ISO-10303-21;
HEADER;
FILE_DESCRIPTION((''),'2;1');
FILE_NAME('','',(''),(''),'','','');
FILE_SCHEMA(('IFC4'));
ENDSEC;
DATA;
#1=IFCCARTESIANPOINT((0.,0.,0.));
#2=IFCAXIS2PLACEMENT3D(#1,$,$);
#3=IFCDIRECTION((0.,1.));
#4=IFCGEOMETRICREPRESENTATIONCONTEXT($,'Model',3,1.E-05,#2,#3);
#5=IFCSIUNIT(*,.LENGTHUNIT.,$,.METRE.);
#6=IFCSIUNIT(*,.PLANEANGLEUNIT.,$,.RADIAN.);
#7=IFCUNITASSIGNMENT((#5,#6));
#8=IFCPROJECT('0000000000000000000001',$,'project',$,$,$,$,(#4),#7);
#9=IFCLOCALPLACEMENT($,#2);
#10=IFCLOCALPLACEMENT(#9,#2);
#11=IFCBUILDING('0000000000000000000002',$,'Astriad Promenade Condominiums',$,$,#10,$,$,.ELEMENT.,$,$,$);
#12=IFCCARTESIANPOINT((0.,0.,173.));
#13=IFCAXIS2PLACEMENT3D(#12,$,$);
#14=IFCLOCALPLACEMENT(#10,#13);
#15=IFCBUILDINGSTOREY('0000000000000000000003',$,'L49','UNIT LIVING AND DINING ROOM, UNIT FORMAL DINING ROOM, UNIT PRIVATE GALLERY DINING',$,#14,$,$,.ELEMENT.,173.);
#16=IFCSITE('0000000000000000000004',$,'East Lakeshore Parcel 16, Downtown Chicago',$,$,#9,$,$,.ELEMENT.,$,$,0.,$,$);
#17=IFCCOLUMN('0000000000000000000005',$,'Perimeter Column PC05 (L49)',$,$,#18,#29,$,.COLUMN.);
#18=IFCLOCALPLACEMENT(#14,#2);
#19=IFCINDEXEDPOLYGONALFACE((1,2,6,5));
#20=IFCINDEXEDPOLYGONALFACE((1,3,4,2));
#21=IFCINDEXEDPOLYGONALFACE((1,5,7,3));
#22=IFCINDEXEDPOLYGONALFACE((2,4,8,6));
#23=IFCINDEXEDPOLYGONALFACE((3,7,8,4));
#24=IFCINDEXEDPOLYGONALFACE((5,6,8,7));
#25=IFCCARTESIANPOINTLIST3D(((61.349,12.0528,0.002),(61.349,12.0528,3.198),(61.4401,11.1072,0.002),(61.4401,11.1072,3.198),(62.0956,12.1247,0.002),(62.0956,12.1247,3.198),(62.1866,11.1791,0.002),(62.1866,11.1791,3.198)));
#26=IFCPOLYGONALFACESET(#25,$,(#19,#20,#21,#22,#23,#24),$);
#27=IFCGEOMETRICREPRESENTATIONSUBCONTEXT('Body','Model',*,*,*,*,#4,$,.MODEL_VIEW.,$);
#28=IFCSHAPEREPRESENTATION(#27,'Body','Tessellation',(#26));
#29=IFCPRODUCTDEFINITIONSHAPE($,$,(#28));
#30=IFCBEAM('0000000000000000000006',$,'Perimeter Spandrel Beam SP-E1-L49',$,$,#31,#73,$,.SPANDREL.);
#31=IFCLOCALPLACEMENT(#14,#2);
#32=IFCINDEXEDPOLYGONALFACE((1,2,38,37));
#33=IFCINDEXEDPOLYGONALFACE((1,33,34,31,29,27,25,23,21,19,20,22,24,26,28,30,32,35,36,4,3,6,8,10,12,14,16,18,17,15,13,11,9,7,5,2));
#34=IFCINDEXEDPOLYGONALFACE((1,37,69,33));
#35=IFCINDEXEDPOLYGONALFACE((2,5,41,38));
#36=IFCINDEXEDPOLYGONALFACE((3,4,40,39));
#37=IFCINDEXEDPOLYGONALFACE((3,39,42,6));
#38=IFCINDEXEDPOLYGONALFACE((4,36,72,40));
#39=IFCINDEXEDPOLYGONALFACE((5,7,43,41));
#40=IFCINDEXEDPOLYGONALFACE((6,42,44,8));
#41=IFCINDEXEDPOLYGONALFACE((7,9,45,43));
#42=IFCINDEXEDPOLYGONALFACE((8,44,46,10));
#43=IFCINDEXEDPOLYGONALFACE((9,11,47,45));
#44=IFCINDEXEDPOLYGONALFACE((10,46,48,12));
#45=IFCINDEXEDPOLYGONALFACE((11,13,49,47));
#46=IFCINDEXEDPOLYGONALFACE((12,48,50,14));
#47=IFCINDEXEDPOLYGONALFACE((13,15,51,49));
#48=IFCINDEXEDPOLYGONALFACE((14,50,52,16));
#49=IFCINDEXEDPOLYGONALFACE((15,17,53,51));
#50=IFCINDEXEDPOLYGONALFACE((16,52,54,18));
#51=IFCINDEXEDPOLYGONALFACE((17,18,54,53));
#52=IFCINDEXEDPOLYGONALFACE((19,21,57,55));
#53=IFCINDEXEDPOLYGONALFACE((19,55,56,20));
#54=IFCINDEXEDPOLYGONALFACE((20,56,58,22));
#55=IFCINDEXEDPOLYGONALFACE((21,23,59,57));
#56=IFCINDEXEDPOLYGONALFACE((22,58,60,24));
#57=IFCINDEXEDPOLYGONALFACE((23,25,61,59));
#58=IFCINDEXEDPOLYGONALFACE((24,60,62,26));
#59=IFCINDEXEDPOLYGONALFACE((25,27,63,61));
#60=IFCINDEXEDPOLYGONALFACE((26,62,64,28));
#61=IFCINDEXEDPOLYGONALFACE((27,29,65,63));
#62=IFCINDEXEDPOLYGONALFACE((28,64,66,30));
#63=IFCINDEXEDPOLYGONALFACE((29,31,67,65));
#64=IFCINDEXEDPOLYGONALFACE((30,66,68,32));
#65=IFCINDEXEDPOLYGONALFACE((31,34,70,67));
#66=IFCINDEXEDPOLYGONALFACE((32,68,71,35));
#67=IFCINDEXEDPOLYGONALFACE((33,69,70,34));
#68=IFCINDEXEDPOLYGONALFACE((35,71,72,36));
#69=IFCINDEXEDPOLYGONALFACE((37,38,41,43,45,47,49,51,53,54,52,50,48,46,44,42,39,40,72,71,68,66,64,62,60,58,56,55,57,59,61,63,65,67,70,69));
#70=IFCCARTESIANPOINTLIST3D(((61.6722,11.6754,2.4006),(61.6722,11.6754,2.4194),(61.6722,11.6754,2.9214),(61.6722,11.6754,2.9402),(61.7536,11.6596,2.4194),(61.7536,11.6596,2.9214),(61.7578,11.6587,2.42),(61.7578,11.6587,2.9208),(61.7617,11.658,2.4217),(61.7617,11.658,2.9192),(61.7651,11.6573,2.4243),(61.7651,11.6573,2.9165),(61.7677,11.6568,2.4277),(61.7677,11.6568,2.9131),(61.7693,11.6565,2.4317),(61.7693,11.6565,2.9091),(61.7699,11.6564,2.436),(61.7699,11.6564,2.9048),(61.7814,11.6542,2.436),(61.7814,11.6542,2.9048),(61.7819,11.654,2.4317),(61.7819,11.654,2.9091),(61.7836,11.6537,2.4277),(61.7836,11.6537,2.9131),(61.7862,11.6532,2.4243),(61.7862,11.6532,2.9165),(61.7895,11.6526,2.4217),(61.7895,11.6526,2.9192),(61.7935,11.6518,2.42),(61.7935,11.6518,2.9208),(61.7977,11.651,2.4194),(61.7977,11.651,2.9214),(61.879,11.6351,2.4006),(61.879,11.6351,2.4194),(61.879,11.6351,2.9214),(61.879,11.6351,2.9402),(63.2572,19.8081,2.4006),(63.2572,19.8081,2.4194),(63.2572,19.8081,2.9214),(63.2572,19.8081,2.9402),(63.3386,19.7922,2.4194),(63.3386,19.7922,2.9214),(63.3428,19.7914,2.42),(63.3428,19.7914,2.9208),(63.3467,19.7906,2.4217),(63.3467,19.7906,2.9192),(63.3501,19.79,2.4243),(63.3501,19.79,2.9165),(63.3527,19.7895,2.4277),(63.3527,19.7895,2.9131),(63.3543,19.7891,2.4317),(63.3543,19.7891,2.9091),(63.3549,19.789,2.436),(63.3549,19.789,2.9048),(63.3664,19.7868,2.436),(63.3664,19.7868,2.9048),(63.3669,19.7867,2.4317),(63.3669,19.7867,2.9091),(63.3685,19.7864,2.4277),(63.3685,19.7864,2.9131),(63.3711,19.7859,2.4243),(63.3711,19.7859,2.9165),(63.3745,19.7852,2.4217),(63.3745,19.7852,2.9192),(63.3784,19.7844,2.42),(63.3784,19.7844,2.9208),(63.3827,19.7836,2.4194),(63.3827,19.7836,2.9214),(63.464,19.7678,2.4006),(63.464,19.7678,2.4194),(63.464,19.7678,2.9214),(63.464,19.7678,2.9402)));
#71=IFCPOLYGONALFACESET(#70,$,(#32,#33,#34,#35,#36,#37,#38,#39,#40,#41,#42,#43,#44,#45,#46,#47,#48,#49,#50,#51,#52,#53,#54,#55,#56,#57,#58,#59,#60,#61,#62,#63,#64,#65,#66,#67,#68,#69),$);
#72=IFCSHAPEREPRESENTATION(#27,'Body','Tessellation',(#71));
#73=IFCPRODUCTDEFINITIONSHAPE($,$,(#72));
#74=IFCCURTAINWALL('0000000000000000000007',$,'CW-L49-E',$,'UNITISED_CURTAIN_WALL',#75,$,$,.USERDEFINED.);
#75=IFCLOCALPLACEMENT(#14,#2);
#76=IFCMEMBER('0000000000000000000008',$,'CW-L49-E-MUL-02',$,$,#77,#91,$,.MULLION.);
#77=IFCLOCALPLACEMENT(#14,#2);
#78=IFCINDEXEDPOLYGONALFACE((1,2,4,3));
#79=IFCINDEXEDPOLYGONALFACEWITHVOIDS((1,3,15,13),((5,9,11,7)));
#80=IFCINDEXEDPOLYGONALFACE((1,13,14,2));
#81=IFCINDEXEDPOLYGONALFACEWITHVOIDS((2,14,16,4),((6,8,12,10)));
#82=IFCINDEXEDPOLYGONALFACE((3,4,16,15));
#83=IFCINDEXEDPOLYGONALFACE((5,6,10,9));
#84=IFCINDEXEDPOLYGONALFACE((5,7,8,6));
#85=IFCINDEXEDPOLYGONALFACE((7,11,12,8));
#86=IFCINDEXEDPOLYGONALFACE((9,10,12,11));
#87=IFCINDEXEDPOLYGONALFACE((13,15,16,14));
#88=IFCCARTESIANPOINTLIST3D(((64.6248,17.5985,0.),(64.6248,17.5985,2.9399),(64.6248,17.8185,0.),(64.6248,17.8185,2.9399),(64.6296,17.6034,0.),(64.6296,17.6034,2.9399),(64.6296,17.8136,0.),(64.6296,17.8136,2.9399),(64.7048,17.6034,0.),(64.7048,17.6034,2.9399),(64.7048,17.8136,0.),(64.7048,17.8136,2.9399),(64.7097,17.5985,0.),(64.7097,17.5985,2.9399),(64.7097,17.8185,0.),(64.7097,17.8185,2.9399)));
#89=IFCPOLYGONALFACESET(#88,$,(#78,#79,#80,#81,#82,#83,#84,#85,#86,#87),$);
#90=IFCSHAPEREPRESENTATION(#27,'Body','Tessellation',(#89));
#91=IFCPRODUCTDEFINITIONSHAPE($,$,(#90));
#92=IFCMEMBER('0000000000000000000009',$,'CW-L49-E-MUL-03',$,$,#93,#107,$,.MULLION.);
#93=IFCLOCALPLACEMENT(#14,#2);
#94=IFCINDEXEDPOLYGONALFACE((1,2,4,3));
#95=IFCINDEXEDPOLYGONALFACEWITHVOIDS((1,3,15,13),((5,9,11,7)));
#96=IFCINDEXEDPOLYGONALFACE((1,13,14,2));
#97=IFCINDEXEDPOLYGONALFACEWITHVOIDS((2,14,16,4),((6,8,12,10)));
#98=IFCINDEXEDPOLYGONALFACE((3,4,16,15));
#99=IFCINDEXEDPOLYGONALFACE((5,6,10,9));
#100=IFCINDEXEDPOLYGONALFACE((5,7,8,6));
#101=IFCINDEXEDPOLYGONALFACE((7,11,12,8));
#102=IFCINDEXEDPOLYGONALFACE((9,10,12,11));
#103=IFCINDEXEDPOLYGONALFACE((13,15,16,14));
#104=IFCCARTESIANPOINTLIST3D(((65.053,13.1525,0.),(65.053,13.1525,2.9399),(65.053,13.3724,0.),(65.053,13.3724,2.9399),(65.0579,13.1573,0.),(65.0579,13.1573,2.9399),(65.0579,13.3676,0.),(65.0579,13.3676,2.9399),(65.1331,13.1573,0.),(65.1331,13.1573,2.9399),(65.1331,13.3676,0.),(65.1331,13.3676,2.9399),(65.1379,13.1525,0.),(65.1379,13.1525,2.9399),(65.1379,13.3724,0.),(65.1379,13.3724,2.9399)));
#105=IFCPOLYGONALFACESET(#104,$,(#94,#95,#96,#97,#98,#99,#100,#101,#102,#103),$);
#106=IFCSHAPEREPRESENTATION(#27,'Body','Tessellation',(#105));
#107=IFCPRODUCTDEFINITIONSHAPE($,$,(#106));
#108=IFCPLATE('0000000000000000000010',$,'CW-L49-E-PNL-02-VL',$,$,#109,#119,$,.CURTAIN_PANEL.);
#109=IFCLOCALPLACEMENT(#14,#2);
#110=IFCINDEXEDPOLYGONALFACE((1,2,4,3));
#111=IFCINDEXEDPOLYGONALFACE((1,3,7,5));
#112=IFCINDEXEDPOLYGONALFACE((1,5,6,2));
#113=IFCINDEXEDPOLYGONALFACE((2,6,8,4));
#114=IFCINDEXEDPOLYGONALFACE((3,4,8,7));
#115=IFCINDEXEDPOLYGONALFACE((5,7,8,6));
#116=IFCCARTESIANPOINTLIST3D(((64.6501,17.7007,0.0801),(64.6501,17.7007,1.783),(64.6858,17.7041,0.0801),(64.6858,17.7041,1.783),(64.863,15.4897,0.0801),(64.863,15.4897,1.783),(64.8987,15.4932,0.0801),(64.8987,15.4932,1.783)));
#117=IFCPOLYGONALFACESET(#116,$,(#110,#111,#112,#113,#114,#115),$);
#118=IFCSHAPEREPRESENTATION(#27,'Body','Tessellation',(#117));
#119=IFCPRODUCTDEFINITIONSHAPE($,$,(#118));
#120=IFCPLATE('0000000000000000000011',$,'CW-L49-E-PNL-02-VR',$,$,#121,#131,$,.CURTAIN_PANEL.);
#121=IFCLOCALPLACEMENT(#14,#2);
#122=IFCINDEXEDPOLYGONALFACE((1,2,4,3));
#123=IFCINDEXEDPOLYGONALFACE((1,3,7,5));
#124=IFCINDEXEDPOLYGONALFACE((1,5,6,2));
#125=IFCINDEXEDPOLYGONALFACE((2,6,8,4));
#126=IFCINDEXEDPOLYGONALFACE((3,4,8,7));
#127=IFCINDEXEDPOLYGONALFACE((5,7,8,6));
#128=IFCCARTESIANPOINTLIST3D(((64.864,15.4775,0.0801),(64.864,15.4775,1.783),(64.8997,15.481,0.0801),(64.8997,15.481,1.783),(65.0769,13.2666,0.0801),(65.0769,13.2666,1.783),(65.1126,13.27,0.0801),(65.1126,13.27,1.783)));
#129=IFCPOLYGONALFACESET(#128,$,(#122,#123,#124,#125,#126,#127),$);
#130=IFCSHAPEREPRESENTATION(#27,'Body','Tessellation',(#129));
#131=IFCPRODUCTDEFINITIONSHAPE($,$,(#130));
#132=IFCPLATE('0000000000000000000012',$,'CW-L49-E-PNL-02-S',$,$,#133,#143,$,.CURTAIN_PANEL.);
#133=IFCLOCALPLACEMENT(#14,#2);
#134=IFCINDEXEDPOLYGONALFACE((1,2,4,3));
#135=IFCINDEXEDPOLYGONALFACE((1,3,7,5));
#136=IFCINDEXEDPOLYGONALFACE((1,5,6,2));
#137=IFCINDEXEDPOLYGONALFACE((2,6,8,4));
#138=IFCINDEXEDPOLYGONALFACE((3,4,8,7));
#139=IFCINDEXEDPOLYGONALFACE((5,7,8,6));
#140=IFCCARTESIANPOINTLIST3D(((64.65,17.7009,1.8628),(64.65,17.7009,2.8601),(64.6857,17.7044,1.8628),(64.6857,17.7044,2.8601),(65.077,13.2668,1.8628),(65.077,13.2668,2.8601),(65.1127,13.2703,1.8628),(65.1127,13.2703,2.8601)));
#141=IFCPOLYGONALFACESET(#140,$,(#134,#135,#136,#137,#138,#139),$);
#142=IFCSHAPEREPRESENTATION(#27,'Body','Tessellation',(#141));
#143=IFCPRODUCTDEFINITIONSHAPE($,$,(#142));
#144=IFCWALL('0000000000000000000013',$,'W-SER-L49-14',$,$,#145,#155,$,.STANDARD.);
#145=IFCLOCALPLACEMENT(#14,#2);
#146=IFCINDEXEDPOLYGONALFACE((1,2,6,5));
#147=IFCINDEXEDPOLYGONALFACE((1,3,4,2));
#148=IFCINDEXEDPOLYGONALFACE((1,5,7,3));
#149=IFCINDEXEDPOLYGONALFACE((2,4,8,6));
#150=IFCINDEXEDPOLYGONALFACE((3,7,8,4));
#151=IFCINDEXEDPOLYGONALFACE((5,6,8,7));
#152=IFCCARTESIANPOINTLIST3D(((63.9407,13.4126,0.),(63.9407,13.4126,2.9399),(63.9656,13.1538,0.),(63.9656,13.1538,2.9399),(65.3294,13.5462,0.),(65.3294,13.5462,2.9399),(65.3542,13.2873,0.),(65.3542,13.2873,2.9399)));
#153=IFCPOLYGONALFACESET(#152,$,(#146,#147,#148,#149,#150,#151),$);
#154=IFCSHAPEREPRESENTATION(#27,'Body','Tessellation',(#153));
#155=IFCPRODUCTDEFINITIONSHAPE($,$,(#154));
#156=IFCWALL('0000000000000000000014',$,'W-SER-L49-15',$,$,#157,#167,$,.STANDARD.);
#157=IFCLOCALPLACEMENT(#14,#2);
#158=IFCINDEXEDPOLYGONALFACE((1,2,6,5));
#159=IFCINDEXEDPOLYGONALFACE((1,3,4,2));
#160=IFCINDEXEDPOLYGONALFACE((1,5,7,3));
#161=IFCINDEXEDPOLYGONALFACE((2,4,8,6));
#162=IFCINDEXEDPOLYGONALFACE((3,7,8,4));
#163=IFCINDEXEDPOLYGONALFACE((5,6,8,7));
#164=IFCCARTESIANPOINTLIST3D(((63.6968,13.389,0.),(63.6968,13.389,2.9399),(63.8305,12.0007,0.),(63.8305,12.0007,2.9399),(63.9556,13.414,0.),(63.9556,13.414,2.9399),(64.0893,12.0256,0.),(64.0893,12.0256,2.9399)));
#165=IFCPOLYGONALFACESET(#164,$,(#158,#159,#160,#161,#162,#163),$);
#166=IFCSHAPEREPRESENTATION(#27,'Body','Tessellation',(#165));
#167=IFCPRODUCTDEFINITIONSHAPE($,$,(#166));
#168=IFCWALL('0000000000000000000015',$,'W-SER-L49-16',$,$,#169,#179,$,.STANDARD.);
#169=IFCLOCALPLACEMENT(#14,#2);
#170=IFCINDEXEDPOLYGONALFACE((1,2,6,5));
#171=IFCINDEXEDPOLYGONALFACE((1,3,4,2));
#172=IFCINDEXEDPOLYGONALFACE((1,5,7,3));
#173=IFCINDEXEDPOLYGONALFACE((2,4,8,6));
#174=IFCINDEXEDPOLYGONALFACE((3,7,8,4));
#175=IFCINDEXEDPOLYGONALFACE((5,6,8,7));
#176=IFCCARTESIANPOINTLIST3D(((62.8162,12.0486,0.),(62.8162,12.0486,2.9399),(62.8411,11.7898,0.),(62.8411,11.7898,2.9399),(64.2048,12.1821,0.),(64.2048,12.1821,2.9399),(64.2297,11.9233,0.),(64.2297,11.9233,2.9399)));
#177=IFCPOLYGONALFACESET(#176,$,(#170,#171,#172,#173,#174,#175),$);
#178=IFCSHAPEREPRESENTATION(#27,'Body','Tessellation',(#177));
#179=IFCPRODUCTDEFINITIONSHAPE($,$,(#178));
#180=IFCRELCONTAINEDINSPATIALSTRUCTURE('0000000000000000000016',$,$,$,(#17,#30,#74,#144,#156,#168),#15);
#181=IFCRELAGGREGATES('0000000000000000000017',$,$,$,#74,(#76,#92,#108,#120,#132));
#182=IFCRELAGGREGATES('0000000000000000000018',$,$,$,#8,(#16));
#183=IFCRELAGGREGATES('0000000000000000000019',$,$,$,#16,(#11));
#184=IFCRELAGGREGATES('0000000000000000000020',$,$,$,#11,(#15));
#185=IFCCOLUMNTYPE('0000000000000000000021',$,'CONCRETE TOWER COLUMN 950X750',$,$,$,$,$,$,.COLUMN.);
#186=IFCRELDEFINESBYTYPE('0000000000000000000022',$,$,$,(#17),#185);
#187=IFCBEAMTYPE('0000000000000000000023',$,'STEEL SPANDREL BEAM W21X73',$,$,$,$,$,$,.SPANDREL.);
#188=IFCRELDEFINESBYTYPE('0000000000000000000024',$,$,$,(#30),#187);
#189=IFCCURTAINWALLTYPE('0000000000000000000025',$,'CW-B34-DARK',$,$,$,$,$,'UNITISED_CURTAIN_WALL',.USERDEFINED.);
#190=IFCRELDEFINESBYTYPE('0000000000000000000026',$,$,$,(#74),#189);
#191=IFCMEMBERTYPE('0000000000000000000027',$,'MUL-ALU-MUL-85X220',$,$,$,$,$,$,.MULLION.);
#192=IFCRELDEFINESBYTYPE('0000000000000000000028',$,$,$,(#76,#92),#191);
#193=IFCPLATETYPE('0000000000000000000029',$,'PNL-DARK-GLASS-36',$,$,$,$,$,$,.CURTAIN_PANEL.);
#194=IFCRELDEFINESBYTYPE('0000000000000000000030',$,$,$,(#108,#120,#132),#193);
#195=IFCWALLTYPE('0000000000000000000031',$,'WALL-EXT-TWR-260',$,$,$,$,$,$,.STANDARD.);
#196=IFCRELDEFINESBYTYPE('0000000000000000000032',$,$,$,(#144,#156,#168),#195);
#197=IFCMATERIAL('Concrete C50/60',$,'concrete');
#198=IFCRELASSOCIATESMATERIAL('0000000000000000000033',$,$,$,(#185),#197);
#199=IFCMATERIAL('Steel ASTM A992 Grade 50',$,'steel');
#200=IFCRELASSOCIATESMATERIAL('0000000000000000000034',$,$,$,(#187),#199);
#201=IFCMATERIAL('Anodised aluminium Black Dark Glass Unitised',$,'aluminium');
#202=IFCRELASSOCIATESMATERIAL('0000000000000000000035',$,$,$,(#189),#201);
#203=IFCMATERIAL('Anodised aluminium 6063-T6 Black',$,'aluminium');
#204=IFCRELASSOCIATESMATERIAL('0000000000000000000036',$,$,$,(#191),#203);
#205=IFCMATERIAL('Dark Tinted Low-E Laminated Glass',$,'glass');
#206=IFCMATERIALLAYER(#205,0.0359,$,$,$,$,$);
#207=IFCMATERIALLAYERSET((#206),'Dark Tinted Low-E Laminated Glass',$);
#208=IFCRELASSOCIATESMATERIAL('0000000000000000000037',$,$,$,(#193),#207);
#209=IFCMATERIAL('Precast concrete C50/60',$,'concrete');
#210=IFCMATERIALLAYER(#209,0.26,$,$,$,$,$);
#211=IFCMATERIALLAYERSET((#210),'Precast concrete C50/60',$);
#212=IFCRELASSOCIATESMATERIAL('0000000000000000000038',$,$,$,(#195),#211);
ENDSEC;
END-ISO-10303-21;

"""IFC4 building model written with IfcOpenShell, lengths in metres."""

from ifc_helpers import new_model, si_unit, direction, frame, frame_2d, origin, origin_2d, place, context, subcontext, project, spatial, rectangle, hollow_rectangle, i_section, extrude, source, transform, mapped, material, layer, layer_set, material_profile, profile_set, type_object, type_shapes, element, aggregate, save


model = new_model("IFC4")

# Units and contexts
model_context = context("Model", 3, precision=1e-05, world=origin(), true_north=direction((0.0, 1.0)))
body_context = subcontext(model_context, "Body", "Model", "MODEL_VIEW")
ifc_project = project(units=[si_unit("LENGTHUNIT", "METRE"), si_unit("PLANEANGLEUNIT", "RADIAN")], contexts=[model_context])

# Site, building, storey
site_placement = place(None, origin())
site = spatial("IfcSite", under=ifc_project, at=site_placement, Name="East Lakeshore Parcel 16, Downtown Chicago", CompositionType="ELEMENT", RefElevation=0.0)
building_placement = place(site_placement, origin())
building = spatial("IfcBuilding", under=site, at=building_placement, Name="Astriad Promenade Condominiums", CompositionType="ELEMENT")
storey_placement = place(building_placement, frame((0.0, 0.0, 173.0)))
storey = spatial("IfcBuildingStorey", under=building, at=storey_placement, Name="L49", Description="UNIT LIVING AND DINING ROOM, UNIT FORMAL DINING ROOM, UNIT PRIVATE GALLERY DINING", CompositionType="ELEMENT", Elevation=173.0)

# Column
ifc_material_1 = material(Name="Concrete C50/60", Category="concrete")
ifc_material_profile_1 = material_profile(ifc_material_1, rectangle(XDim=0.75, YDim=0.95, at=origin_2d()), Name="RC-COL-950X750")
ifc_profile_set_1 = profile_set([ifc_material_profile_1], Name="Concrete C50/60")
column_type = type_object("IfcColumnType", Name="CONCRETE TOWER COLUMN 950X750", PredefinedType="COLUMN", material=ifc_profile_set_1)
shared_shape_1 = source(origin(), body_context, "Body", "SweptSolid", [
    extrude(rectangle(XDim=0.75, YDim=0.95, at=origin_2d()), origin(), (0.0, 0.0, 1.0), 3.196),
])
type_shapes(column_type, [shared_shape_1])
column_placement = place(storey_placement, frame((61.7678, 11.616, 0.002), z_axis=(0.0, 0.0, 1.0), x_axis=(0.995396, 0.095846, 0.0)))
element("IfcColumn", 1, at=column_placement, inside=storey, type_object=column_type, Name="Perimeter Column PC05 (L49)", PredefinedType="COLUMN", context=body_context, shape_type="MappedRepresentation", body=[
    mapped(shared_shape_1, transform((0.0, 0.0, 0.0), scale=1.0)),
])

# Beam
ifc_material_2 = material(Name="Steel ASTM A992 Grade 50", Category="steel")
ifc_material_profile_2 = material_profile(ifc_material_2, i_section(OverallWidth=0.2107, OverallDepth=0.5396, WebThickness=0.0117, FlangeThickness=0.0188, FilletRadius=0.0166, at=origin_2d()), Name="W21X73")
ifc_profile_set_2 = profile_set([ifc_material_profile_2], Name="Steel ASTM A992 Grade 50")
beam_type = type_object("IfcBeamType", Name="STEEL SPANDREL BEAM W21X73", PredefinedType="SPANDREL", material=ifc_profile_set_2)
shared_shape_2 = source(origin(), body_context, "Body", "SweptSolid", [
    extrude(i_section(OverallWidth=0.2107, OverallDepth=0.5396, WebThickness=0.0117, FlangeThickness=0.0188, FilletRadius=0.0166, at=origin_2d()), origin(), (0.0, 0.0, 1.0), 8.2856),
])
type_shapes(beam_type, [shared_shape_2])
beam_placement = place(storey_placement, frame((61.7756, 11.6553, 2.6704), z_axis=(0.191292, 0.981533, 0.0), x_axis=(-0.981533, 0.191292, 0.0)))
element("IfcBeam", 2, at=beam_placement, inside=storey, type_object=beam_type, Name="Perimeter Spandrel Beam SP-E1-L49", PredefinedType="SPANDREL", context=body_context, shape_type="MappedRepresentation", body=[
    mapped(shared_shape_2, transform((0.0, 0.0, 0.0), scale=1.0)),
])

# Curtain wall, members, plates
ifc_material_3 = material(Name="Anodised aluminium Black Dark Glass Unitised", Category="aluminium")
curtain_wall_type = type_object("IfcCurtainWallType", Name="CW-B34-DARK", ElementType="UNITISED_CURTAIN_WALL", PredefinedType="USERDEFINED", material=ifc_material_3)
curtain_wall_placement = place(storey_placement, origin())
curtain_wall = element("IfcCurtainWall", 3, at=curtain_wall_placement, inside=storey, type_object=curtain_wall_type, Name="CW-L49-E", ObjectType="UNITISED_CURTAIN_WALL", PredefinedType="USERDEFINED")
ifc_material_4 = material(Name="Anodised aluminium 6063-T6 Black", Category="aluminium")
ifc_material_profile_3 = material_profile(ifc_material_4, hollow_rectangle(XDim=0.085, YDim=0.22, WallThickness=0.0049, at=origin_2d()), Name="ALU-MUL-85X220")
ifc_profile_set_3 = profile_set([ifc_material_profile_3], Name="Anodised aluminium 6063-T6 Black")
member_type = type_object("IfcMemberType", Name="MUL-ALU-MUL-85X220", PredefinedType="MULLION", material=ifc_profile_set_3)
shared_shape_3 = source(origin(), body_context, "Body", "SweptSolid", [
    extrude(hollow_rectangle(XDim=0.085, YDim=0.22, WallThickness=0.0049, at=origin_2d()), origin(), (0.0, 0.0, 1.0), 2.9399),
])
type_shapes(member_type, [shared_shape_3])
member_1_placement = place(storey_placement, frame((64.6672, 17.7085, 0.0), z_axis=(0.0, 0.0, 1.0), x_axis=(1.0, 0.0, 0.0)))
member_1 = element("IfcMember", 4, at=member_1_placement, type_object=member_type, Name="CW-L49-E-MUL-02", PredefinedType="MULLION", context=body_context, shape_type="MappedRepresentation", body=[
    mapped(shared_shape_3, transform((0.0, 0.0, 0.0), scale=1.0)),
])
member_2_placement = place(storey_placement, frame((65.0955, 13.2625, 0.0), z_axis=(0.0, 0.0, 1.0), x_axis=(1.0, 0.0, 0.0)))
member_2 = element("IfcMember", 5, at=member_2_placement, type_object=member_type, Name="CW-L49-E-MUL-03", PredefinedType="MULLION", context=body_context, shape_type="MappedRepresentation", body=[
    mapped(shared_shape_3, transform((0.0, 0.0, 0.0), scale=1.0)),
])
ifc_material_5 = material(Name="Dark Tinted Low-E Laminated Glass", Category="glass")
ifc_layer_1 = layer(ifc_material_5, 0.0359)
ifc_layer_set_1 = layer_set([ifc_layer_1], Name="Dark Tinted Low-E Laminated Glass")
plate_type = type_object("IfcPlateType", Name="PNL-DARK-GLASS-36", PredefinedType="CURTAIN_PANEL", material=ifc_layer_set_1)
shared_shape_4 = source(origin(), body_context, "Body", "SweptSolid", [
    extrude(rectangle(XDim=2.2212, YDim=0.0359, at=origin_2d()), origin(), (0.0, 0.0, 1.0), 1.7029),
])
plate_1_placement = place(storey_placement, frame((64.7744, 16.5969, 0.0801), z_axis=(0.0, 0.0, 1.0), x_axis=(0.095846, -0.995396, 0.0)))
plate_1 = element("IfcPlate", 6, at=plate_1_placement, type_object=plate_type, Name="CW-L49-E-PNL-02-VL", PredefinedType="CURTAIN_PANEL", context=body_context, shape_type="MappedRepresentation", body=[
    mapped(shared_shape_4, transform((0.0, 0.0, 0.0), scale=1.0)),
])
plate_2_placement = place(storey_placement, frame((64.9883, 14.3738, 0.0801), z_axis=(0.0, 0.0, 1.0), x_axis=(0.095846, -0.995396, 0.0)))
plate_2 = element("IfcPlate", 7, at=plate_2_placement, type_object=plate_type, Name="CW-L49-E-PNL-02-VR", PredefinedType="CURTAIN_PANEL", context=body_context, shape_type="MappedRepresentation", body=[
    mapped(shared_shape_4, transform((0.0, 0.0, 0.0), scale=1.0)),
])
shared_shape_5 = source(origin(), body_context, "Body", "SweptSolid", [
    extrude(rectangle(XDim=4.4546, YDim=0.0359, at=origin_2d()), origin(), (0.0, 0.0, 1.0), 0.9973),
])
type_shapes(plate_type, [shared_shape_4, shared_shape_5])
plate_3_placement = place(storey_placement, frame((64.8813, 15.4856, 1.8628), z_axis=(0.0, 0.0, 1.0), x_axis=(0.095846, -0.995396, 0.0)))
plate_3 = element("IfcPlate", 8, at=plate_3_placement, type_object=plate_type, Name="CW-L49-E-PNL-02-S", PredefinedType="CURTAIN_PANEL", context=body_context, shape_type="MappedRepresentation", body=[
    mapped(shared_shape_5, transform((0.0, 0.0, 0.0), scale=1.0)),
])
aggregate(curtain_wall, [member_1, member_2, plate_1, plate_2, plate_3])

# Walls
ifc_material_6 = material(Name="Precast concrete C50/60", Category="concrete")
ifc_layer_2 = layer(ifc_material_6, 0.26)
ifc_layer_set_2 = layer_set([ifc_layer_2], Name="Precast concrete C50/60")
wall_type_1 = type_object("IfcWallType", Name="WALL-EXT-TWR-260", PredefinedType="STANDARD", material=ifc_layer_set_2)
wall_1_placement = place(storey_placement, frame((65.3418, 13.4167, 0.0), z_axis=(0.0, 0.0, 1.0), x_axis=(-0.995408, -0.095726, 0.0)))
element("IfcWall", 9, at=wall_1_placement, inside=storey, type_object=wall_type_1, Name="W-SER-L49-14", PredefinedType="STANDARD", context=body_context, shape_type="SweptSolid", body=[
    extrude(rectangle(XDim=1.395, YDim=0.26, at=frame_2d((0.6975, 0.0))), origin(), (0.0, 0.0, 1.0), 2.9399),
])
wall_2_placement = place(storey_placement, frame((63.8262, 13.4014, 0.0), z_axis=(0.0, 0.0, 1.0), x_axis=(0.095916, -0.995389, 0.0)))
element("IfcWall", 10, at=wall_2_placement, inside=storey, type_object=wall_type_1, Name="W-SER-L49-15", PredefinedType="STANDARD", context=body_context, shape_type="SweptSolid", body=[
    extrude(rectangle(XDim=1.3948, YDim=0.26, at=frame_2d((0.6973, 0.0))), origin(), (0.0, 0.0, 1.0), 2.9399),
])
for number, where, z_axis, x_axis, name in (
    (11, (64.2173, 12.0527, 0.0), (0.0, 0.0, 1.0), (-0.995408, -0.095726, 0.0), "W-SER-L49-16"),
):
    element("IfcWall", number, at=place(storey_placement, frame(where, z_axis=z_axis, x_axis=x_axis)), inside=storey, type_object=wall_type_1, Name=name, PredefinedType="STANDARD", context=body_context, shape_type="SweptSolid", body=[
        extrude(rectangle(XDim=1.395, YDim=0.26, at=frame_2d((0.6975, 0.0))), origin(), (0.0, 0.0, 1.0), 2.9399),
    ])

save(model, "model.ifc")
